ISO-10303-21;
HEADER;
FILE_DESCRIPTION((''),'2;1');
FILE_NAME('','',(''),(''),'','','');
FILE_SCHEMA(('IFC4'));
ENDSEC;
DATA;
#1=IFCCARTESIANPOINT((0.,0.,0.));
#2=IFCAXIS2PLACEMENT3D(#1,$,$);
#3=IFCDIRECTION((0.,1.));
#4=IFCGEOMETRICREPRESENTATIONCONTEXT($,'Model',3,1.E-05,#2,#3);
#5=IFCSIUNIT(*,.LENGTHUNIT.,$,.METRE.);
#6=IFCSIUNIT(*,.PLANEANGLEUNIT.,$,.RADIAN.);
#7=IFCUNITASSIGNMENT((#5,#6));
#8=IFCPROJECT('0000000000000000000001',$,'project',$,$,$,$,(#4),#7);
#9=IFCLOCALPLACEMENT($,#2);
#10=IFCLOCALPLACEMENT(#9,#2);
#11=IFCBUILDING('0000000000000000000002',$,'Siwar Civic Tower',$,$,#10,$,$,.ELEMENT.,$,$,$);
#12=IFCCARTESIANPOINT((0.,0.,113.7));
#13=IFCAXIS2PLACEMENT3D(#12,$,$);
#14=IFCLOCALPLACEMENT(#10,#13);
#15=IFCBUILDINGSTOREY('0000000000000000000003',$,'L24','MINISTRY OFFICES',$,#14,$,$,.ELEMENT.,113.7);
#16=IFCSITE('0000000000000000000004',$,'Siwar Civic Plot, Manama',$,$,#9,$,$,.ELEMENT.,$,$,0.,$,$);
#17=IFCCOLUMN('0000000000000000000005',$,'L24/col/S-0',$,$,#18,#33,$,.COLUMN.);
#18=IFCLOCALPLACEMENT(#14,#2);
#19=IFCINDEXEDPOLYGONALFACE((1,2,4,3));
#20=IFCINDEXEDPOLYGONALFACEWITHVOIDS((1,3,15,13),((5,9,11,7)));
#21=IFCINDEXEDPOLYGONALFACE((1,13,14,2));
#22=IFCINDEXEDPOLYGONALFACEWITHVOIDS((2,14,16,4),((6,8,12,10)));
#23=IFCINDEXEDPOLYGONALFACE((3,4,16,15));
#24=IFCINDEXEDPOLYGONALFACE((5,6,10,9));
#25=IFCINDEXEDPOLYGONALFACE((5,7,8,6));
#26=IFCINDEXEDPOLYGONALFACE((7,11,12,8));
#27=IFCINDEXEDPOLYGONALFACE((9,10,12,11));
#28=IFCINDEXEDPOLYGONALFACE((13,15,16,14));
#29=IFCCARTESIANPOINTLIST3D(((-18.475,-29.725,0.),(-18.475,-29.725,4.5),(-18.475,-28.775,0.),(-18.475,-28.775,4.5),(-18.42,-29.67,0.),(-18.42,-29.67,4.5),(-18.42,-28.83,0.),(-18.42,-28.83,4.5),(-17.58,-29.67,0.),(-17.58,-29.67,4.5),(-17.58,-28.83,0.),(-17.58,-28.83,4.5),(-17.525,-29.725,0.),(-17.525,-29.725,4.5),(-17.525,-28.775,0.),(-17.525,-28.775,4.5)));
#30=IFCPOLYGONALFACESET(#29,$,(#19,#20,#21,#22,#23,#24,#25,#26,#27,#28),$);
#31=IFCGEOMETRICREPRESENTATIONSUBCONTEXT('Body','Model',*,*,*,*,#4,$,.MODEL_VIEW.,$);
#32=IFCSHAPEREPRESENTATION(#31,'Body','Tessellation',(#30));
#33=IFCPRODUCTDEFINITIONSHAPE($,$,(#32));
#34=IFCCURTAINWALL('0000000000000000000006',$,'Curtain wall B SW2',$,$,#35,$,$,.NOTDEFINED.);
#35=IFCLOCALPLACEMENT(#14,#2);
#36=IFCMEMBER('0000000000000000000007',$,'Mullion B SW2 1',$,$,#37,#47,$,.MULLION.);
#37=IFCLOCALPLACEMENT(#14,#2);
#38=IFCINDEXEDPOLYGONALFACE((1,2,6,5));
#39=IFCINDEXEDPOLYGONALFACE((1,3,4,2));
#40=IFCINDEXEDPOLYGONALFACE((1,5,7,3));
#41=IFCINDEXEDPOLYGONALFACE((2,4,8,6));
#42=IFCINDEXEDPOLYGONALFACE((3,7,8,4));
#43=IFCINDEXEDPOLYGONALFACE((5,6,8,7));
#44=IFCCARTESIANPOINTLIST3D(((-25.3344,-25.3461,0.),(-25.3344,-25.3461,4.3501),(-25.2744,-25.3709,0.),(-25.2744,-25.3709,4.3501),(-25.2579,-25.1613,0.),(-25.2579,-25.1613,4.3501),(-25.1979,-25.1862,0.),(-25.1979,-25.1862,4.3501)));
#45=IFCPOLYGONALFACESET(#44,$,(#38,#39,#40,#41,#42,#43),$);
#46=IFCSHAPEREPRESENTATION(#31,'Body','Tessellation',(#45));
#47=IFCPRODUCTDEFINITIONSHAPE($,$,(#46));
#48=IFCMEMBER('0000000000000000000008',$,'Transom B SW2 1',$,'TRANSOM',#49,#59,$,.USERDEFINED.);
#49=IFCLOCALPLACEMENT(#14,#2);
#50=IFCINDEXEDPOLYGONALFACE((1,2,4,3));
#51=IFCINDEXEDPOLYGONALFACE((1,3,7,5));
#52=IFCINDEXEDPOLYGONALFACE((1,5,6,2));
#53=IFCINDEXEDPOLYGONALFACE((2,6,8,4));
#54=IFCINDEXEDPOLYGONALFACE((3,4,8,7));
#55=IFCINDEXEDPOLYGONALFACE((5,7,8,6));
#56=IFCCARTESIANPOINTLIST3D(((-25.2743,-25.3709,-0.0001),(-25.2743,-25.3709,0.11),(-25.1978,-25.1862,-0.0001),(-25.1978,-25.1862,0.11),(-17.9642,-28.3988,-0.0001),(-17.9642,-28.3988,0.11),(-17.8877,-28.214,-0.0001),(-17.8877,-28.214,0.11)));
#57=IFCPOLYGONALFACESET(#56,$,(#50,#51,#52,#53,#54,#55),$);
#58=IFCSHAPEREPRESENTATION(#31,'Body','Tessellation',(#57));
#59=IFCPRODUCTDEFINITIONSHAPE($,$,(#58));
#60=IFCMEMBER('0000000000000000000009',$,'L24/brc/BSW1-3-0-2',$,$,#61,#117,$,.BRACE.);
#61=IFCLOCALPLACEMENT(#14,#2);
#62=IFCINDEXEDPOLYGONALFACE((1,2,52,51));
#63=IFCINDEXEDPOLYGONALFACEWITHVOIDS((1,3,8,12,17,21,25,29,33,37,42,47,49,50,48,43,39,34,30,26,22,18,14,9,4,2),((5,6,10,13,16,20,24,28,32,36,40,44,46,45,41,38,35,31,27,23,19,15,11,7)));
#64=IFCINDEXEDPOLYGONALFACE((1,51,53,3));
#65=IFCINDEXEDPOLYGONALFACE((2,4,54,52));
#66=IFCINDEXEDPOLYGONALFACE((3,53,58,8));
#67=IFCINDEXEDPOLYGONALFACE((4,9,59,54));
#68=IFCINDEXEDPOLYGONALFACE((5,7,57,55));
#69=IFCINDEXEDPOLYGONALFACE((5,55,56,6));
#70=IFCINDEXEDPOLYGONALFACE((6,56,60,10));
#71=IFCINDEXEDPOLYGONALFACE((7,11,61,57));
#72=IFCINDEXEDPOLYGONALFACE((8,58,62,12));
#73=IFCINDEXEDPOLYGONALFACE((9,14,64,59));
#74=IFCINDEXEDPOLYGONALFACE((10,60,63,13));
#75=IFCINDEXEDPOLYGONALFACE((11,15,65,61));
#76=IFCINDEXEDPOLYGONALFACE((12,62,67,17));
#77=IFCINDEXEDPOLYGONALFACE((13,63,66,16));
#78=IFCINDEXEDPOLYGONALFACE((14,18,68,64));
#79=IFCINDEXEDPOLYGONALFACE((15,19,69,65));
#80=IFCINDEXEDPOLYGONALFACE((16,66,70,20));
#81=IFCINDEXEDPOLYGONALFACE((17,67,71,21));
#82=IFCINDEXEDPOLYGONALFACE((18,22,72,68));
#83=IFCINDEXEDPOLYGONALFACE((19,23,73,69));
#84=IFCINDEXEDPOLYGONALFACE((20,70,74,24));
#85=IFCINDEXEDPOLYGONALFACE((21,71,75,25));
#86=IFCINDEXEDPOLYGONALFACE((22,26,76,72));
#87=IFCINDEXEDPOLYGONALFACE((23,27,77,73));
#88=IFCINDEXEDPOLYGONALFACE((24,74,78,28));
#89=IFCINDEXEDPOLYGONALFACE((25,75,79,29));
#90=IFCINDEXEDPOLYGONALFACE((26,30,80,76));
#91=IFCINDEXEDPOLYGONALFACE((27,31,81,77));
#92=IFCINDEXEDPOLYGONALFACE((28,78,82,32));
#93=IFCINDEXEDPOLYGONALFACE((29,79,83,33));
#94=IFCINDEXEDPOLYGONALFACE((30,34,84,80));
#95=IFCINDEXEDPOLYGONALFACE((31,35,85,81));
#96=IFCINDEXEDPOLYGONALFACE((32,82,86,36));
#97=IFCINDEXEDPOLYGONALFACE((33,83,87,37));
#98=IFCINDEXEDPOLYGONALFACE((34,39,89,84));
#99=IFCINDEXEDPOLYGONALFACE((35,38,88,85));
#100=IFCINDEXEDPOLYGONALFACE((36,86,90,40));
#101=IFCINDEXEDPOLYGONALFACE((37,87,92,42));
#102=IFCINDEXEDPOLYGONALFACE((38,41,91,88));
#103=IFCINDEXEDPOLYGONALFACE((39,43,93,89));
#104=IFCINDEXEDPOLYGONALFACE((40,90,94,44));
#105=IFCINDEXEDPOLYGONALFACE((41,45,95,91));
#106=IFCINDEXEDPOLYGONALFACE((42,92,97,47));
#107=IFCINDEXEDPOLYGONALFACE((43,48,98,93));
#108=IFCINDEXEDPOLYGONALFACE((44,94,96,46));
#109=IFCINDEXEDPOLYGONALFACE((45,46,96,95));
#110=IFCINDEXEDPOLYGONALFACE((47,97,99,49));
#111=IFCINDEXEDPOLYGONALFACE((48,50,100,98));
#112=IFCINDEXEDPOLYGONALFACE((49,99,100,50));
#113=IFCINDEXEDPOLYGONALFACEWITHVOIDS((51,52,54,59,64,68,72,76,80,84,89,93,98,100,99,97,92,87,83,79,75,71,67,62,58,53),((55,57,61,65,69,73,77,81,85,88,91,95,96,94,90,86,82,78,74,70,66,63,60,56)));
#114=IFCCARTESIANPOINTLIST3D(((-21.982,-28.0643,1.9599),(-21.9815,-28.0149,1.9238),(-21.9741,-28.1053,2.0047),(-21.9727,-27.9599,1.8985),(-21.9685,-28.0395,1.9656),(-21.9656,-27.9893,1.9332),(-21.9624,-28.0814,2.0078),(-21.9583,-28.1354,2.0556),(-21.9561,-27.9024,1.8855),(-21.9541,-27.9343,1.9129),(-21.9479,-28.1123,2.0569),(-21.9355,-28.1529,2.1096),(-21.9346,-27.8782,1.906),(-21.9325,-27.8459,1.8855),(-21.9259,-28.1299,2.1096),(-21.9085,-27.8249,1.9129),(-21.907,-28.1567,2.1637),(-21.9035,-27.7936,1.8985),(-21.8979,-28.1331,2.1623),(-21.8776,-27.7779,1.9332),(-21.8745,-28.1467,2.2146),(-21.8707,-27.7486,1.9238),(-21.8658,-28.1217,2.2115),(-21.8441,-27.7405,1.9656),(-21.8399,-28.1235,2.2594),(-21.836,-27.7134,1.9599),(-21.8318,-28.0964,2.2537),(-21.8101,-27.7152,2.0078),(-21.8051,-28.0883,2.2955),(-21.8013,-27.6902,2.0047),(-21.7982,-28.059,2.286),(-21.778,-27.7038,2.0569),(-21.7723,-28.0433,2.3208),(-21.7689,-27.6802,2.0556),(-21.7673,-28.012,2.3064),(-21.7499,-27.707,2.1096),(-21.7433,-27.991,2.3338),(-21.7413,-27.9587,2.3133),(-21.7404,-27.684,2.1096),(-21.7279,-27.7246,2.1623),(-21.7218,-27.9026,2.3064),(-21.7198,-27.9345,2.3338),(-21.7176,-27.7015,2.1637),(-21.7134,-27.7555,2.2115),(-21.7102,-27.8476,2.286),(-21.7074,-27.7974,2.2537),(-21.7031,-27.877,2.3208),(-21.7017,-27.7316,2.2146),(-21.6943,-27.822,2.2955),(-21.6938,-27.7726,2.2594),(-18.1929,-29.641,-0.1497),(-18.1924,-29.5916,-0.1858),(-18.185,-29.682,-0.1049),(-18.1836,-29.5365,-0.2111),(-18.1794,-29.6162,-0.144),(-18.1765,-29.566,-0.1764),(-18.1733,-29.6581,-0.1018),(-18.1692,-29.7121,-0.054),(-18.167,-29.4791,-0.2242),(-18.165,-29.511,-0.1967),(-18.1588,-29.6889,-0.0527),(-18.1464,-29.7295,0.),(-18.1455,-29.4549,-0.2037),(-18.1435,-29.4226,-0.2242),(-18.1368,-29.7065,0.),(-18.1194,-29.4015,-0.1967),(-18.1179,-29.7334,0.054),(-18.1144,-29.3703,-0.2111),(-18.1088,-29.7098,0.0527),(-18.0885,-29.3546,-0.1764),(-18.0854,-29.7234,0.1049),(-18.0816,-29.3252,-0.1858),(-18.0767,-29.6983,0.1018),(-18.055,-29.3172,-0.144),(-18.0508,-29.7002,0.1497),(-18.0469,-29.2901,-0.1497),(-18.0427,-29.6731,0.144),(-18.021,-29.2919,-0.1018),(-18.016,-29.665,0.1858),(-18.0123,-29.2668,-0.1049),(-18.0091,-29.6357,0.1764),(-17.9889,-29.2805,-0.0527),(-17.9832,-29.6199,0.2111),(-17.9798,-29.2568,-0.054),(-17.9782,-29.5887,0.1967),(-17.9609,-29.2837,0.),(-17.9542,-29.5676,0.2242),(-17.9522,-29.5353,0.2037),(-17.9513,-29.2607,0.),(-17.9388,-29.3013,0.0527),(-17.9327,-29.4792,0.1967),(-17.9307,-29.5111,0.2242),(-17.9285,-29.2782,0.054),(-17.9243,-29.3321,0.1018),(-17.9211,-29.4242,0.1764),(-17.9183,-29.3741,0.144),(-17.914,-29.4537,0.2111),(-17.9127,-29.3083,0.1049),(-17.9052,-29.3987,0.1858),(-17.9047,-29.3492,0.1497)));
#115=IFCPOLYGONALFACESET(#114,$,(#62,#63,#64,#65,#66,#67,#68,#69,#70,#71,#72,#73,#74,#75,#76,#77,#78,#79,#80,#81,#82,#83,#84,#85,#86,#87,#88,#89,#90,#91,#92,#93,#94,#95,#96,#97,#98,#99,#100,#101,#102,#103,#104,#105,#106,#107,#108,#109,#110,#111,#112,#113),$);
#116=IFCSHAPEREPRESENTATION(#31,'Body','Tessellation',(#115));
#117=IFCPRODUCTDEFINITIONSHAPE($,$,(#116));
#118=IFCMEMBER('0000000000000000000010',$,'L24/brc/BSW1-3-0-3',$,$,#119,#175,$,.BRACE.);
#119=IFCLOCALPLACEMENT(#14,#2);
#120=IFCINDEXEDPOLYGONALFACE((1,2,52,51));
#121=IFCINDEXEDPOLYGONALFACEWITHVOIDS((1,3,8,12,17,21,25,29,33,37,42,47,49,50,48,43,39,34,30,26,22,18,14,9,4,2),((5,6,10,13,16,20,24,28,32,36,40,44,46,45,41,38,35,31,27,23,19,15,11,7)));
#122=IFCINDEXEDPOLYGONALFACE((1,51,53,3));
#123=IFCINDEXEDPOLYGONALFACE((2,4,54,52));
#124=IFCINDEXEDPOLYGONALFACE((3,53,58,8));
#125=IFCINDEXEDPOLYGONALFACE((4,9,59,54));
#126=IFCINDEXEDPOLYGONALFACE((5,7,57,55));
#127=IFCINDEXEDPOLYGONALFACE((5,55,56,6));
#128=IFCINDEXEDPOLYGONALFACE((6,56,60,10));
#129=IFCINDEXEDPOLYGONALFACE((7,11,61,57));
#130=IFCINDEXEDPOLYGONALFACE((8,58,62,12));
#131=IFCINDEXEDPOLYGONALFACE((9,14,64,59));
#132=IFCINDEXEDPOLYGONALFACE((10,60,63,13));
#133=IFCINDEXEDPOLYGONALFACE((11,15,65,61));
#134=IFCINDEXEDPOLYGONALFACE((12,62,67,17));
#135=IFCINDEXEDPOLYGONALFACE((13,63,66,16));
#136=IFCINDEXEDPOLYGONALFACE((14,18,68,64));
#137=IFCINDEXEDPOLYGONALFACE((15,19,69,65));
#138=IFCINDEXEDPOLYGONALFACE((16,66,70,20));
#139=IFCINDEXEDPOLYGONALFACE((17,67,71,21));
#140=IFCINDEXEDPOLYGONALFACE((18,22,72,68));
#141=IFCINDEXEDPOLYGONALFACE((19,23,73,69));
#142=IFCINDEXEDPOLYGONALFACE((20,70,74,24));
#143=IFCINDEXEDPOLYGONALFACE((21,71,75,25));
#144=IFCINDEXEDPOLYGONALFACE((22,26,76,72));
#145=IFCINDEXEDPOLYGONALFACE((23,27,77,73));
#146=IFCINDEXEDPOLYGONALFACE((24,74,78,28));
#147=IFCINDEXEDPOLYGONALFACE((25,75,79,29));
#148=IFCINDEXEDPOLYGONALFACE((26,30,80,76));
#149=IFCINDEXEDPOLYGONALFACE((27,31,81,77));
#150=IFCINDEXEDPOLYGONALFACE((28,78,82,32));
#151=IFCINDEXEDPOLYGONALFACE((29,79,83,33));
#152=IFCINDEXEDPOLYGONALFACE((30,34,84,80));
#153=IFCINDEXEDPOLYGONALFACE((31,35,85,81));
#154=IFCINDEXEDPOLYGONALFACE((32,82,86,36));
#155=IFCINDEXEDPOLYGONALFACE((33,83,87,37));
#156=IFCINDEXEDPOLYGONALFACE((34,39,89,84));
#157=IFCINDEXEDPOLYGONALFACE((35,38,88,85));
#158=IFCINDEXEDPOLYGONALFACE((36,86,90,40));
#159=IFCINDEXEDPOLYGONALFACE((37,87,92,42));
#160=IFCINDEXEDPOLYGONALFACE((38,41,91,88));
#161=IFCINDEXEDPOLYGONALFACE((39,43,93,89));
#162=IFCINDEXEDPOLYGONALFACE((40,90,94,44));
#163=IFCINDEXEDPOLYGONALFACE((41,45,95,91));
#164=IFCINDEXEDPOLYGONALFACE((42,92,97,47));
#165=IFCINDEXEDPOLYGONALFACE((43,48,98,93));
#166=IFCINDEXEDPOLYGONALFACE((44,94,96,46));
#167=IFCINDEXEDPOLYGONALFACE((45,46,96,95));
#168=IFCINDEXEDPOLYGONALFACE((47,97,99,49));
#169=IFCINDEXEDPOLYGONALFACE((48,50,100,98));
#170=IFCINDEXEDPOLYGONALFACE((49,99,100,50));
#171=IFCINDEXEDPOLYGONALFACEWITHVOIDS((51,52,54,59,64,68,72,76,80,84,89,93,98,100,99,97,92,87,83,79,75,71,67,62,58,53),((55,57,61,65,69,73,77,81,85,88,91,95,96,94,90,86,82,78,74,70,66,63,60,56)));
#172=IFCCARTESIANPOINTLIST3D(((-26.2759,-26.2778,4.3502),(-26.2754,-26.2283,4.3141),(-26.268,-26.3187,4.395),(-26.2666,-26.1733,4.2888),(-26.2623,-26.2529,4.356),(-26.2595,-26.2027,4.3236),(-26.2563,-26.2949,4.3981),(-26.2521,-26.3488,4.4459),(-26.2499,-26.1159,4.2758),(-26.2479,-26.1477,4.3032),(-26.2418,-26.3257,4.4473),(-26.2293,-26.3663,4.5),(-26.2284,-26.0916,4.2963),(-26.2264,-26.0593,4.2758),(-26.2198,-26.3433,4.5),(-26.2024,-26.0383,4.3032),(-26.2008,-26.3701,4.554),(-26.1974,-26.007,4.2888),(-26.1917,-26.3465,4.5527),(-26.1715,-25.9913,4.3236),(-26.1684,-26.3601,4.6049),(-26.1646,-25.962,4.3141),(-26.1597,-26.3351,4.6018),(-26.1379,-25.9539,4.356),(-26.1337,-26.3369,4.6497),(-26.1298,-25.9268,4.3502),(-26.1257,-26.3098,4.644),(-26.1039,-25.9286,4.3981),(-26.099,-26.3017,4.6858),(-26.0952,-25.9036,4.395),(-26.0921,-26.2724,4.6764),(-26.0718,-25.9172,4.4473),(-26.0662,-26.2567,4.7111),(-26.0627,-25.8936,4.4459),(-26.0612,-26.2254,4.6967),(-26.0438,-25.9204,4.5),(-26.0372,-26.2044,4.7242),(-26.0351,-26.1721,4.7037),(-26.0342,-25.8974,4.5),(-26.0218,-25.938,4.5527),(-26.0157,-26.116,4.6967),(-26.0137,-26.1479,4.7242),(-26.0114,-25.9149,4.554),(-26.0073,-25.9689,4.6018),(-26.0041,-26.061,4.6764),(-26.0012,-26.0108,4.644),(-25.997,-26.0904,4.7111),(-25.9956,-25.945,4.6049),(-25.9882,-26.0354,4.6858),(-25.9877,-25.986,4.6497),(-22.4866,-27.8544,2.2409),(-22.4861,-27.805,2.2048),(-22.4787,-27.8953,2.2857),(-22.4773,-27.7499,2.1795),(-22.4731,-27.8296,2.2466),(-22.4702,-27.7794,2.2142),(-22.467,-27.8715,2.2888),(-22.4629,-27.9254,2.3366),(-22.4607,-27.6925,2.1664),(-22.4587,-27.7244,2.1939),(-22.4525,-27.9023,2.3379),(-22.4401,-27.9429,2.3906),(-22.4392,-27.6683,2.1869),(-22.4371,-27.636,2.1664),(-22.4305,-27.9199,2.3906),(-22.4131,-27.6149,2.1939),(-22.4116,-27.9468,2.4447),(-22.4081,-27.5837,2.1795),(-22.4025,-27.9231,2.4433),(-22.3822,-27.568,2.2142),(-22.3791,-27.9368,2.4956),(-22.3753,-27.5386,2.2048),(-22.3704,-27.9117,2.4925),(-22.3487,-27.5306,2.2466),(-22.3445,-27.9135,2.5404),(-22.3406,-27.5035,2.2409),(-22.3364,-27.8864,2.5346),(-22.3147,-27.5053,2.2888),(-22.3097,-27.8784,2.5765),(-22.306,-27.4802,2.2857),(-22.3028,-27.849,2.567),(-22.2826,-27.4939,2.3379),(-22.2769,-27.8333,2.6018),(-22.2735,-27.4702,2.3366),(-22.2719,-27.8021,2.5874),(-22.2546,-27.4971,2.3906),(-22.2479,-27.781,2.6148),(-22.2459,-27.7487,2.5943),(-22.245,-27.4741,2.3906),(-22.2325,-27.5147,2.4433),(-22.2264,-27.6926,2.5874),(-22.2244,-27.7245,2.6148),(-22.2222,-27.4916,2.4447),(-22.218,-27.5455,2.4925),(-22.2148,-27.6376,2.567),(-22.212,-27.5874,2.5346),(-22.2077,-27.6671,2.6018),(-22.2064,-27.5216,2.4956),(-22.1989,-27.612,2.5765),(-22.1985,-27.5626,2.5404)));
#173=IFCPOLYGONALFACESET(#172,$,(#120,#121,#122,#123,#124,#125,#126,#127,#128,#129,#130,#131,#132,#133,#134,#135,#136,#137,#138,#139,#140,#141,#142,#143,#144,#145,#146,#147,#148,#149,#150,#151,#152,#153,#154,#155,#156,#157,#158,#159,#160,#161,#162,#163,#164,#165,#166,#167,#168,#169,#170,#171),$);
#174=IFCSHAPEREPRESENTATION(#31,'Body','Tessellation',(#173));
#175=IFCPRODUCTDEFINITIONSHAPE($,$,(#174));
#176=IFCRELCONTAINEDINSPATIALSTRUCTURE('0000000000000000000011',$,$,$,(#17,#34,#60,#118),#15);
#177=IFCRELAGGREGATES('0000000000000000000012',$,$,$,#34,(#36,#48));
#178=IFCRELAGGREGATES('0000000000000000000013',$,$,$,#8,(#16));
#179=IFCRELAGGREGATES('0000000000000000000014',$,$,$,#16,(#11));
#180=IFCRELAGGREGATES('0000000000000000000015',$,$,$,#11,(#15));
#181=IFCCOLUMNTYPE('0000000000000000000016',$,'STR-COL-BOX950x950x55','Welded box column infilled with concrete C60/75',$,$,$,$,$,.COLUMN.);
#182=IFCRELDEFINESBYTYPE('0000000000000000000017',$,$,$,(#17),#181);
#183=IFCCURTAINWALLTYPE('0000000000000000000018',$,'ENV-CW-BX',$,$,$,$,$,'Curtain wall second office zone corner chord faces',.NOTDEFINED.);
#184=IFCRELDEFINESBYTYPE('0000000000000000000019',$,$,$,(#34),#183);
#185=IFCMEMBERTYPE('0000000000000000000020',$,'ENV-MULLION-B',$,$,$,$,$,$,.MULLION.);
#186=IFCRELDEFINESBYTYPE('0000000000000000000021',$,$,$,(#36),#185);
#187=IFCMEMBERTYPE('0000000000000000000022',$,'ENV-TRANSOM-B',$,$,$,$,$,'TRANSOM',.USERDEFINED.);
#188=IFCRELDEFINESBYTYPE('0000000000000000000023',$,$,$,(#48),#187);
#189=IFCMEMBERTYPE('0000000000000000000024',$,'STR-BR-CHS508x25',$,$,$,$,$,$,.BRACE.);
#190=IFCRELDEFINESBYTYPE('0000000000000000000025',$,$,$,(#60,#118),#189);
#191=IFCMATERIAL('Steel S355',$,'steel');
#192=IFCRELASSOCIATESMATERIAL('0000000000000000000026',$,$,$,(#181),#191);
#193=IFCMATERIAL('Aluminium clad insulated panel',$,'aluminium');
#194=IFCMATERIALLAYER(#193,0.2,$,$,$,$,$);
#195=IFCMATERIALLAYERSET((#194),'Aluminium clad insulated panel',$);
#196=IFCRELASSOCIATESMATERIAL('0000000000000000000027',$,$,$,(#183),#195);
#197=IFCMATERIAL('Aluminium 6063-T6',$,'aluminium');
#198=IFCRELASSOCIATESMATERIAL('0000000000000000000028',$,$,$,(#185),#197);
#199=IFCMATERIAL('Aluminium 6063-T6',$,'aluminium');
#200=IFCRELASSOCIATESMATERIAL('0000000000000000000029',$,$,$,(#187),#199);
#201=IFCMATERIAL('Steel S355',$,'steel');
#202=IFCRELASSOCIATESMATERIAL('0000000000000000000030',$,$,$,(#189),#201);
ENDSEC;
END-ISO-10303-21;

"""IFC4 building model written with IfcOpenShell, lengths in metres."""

from ifc_helpers import new_model, si_unit, direction, frame, origin, origin_2d, place, context, subcontext, project, spatial, rectangle, hollow_rectangle, hollow_circle, extrude, material, layer, layer_set, material_profile, profile_set, type_object, element, aggregate, save


model = new_model("IFC4")

# Units and contexts
model_context = context("Model", 3, precision=1e-05, world=origin(), true_north=direction((0.0, 1.0)))
body_context = subcontext(model_context, "Body", "Model", "MODEL_VIEW")
ifc_project = project(units=[si_unit("LENGTHUNIT", "METRE"), si_unit("PLANEANGLEUNIT", "RADIAN")], contexts=[model_context])

# Site, building, storey
site_placement = place(None, origin())
site = spatial("IfcSite", under=ifc_project, at=site_placement, Name="Siwar Civic Plot, Manama", CompositionType="ELEMENT", RefElevation=0.0)
building_placement = place(site_placement, origin())
building = spatial("IfcBuilding", under=site, at=building_placement, Name="Siwar Civic Tower", CompositionType="ELEMENT")
storey_placement = place(building_placement, frame((0.0, 0.0, 113.7)))
storey = spatial("IfcBuildingStorey", under=building, at=storey_placement, Name="L24", Description="MINISTRY OFFICES", CompositionType="ELEMENT", Elevation=113.7)

# Column
ifc_material_1 = material(Name="Steel S355", Category="steel")
ifc_material_profile_1 = material_profile(ifc_material_1, hollow_rectangle(XDim=0.95, YDim=0.95, WallThickness=0.0549, at=origin_2d()), Name="BOX950x950x55")
ifc_profile_set_1 = profile_set([ifc_material_profile_1], Name="Steel S355")
column_type = type_object("IfcColumnType", Name="STR-COL-BOX950x950x55", Description="Welded box column infilled with concrete C60/75", PredefinedType="COLUMN", material=ifc_profile_set_1)
column_placement = place(storey_placement, frame((-18.0, -29.25, 0.0), z_axis=(0.0, 0.0, 1.0), x_axis=(1.0, 0.0, 0.0)))
element("IfcColumn", 1, at=column_placement, inside=storey, type_object=column_type, Name="L24/col/S-0", PredefinedType="COLUMN", context=body_context, shape_type="SweptSolid", body=[
    extrude(hollow_rectangle(XDim=0.95, YDim=0.95, WallThickness=0.0549, at=origin_2d()), origin(), (0.0, 0.0, 1.0), 4.5),
])

# Curtain wall, members
ifc_material_2 = material(Name="Aluminium clad insulated panel", Category="aluminium")
ifc_layer_1 = layer(ifc_material_2, 0.2)
ifc_layer_set_1 = layer_set([ifc_layer_1], Name="Aluminium clad insulated panel")
curtain_wall_type = type_object("IfcCurtainWallType", Name="ENV-CW-BX", ElementType="Curtain wall second office zone corner chord faces", PredefinedType="NOTDEFINED", material=ifc_layer_set_1)
curtain_wall_placement = place(storey_placement, origin())
curtain_wall = element("IfcCurtainWall", 2, at=curtain_wall_placement, inside=storey, type_object=curtain_wall_type, Name="Curtain wall B SW2", PredefinedType="NOTDEFINED")
ifc_material_3 = material(Name="Aluminium 6063-T6", Category="aluminium")
ifc_material_profile_2 = material_profile(ifc_material_3, rectangle(XDim=0.2, YDim=0.0649, at=origin_2d()), Name="AL 200x65")
ifc_profile_set_2 = profile_set([ifc_material_profile_2], Name="Aluminium 6063-T6")
member_type_1 = type_object("IfcMemberType", Name="ENV-MULLION-B", PredefinedType="MULLION", material=ifc_profile_set_2)
member_1_placement = place(storey_placement, frame((-25.2661, -25.2661, 0.0), z_axis=(0.0, 0.0, 1.0), x_axis=(0.382683, 0.92388, 0.0)))
member_1 = element("IfcMember", 3, at=member_1_placement, type_object=member_type_1, Name="Mullion B SW2 1", PredefinedType="MULLION", context=body_context, shape_type="SweptSolid", body=[
    extrude(rectangle(XDim=0.2, YDim=0.0649, at=origin_2d()), origin(), (0.0, 0.0, 1.0), 4.3501),
])
ifc_material_4 = material(Name="Aluminium 6063-T6", Category="aluminium")
ifc_material_profile_3 = material_profile(ifc_material_4, rectangle(XDim=0.2, YDim=0.1101, at=origin_2d()), Name="AL 200x110")
ifc_profile_set_3 = profile_set([ifc_material_profile_3], Name="Aluminium 6063-T6")
member_type_2 = type_object("IfcMemberType", Name="ENV-TRANSOM-B", ElementType="TRANSOM", PredefinedType="USERDEFINED", material=ifc_profile_set_3)
member_2_placement = place(storey_placement, frame((-25.2361, -25.2786, 0.0549), z_axis=(0.923884, -0.382673, 0.0), x_axis=(0.382673, 0.923884, 0.0)))
member_2 = element("IfcMember", 4, at=member_2_placement, type_object=member_type_2, Name="Transom B SW2 1", ObjectType="TRANSOM", PredefinedType="USERDEFINED", context=body_context, shape_type="SweptSolid", body=[
    extrude(rectangle(XDim=0.2, YDim=0.1101, at=origin_2d()), origin(), (0.0, 0.0, 1.0), 7.9124),
])

# Members
ifc_material_5 = material(Name="Steel S355", Category="steel")
ifc_material_profile_4 = material_profile(ifc_material_5, hollow_circle(Radius=0.2539, WallThickness=0.0249, at=origin_2d()), Name="CHS508x25")
ifc_profile_set_4 = profile_set([ifc_material_profile_4], Name="Steel S355")
member_type_3 = type_object("IfcMemberType", Name="STR-BR-CHS508x25", PredefinedType="BRACE", material=ifc_profile_set_4)
for number, where, z_axis, x_axis, name in (
    (5, (-18.0488, -29.4951, 0.0), (-0.821126, 0.341677, 0.457175), (-0.384176, -0.92326, 0.0), "L24/brc/BSW1-3-0-2"),
    (6, (-22.3425, -27.7085, 2.3906), (-0.821163, 0.341671, 0.457113), (-0.384155, -0.923269, 0.0), "L24/brc/BSW1-3-0-3"),
):
    element("IfcMember", number, at=place(storey_placement, frame(where, z_axis=z_axis, x_axis=x_axis)), inside=storey, type_object=member_type_3, Name=name, PredefinedType="BRACE", context=body_context, shape_type="SweptSolid", body=[
        extrude(hollow_circle(Radius=0.2539, WallThickness=0.0249, at=origin_2d()), origin(), (0.0, 0.0, 1.0), 4.6145),
    ])

aggregate(curtain_wall, [member_1, member_2])

save(model, "model.ifc")
